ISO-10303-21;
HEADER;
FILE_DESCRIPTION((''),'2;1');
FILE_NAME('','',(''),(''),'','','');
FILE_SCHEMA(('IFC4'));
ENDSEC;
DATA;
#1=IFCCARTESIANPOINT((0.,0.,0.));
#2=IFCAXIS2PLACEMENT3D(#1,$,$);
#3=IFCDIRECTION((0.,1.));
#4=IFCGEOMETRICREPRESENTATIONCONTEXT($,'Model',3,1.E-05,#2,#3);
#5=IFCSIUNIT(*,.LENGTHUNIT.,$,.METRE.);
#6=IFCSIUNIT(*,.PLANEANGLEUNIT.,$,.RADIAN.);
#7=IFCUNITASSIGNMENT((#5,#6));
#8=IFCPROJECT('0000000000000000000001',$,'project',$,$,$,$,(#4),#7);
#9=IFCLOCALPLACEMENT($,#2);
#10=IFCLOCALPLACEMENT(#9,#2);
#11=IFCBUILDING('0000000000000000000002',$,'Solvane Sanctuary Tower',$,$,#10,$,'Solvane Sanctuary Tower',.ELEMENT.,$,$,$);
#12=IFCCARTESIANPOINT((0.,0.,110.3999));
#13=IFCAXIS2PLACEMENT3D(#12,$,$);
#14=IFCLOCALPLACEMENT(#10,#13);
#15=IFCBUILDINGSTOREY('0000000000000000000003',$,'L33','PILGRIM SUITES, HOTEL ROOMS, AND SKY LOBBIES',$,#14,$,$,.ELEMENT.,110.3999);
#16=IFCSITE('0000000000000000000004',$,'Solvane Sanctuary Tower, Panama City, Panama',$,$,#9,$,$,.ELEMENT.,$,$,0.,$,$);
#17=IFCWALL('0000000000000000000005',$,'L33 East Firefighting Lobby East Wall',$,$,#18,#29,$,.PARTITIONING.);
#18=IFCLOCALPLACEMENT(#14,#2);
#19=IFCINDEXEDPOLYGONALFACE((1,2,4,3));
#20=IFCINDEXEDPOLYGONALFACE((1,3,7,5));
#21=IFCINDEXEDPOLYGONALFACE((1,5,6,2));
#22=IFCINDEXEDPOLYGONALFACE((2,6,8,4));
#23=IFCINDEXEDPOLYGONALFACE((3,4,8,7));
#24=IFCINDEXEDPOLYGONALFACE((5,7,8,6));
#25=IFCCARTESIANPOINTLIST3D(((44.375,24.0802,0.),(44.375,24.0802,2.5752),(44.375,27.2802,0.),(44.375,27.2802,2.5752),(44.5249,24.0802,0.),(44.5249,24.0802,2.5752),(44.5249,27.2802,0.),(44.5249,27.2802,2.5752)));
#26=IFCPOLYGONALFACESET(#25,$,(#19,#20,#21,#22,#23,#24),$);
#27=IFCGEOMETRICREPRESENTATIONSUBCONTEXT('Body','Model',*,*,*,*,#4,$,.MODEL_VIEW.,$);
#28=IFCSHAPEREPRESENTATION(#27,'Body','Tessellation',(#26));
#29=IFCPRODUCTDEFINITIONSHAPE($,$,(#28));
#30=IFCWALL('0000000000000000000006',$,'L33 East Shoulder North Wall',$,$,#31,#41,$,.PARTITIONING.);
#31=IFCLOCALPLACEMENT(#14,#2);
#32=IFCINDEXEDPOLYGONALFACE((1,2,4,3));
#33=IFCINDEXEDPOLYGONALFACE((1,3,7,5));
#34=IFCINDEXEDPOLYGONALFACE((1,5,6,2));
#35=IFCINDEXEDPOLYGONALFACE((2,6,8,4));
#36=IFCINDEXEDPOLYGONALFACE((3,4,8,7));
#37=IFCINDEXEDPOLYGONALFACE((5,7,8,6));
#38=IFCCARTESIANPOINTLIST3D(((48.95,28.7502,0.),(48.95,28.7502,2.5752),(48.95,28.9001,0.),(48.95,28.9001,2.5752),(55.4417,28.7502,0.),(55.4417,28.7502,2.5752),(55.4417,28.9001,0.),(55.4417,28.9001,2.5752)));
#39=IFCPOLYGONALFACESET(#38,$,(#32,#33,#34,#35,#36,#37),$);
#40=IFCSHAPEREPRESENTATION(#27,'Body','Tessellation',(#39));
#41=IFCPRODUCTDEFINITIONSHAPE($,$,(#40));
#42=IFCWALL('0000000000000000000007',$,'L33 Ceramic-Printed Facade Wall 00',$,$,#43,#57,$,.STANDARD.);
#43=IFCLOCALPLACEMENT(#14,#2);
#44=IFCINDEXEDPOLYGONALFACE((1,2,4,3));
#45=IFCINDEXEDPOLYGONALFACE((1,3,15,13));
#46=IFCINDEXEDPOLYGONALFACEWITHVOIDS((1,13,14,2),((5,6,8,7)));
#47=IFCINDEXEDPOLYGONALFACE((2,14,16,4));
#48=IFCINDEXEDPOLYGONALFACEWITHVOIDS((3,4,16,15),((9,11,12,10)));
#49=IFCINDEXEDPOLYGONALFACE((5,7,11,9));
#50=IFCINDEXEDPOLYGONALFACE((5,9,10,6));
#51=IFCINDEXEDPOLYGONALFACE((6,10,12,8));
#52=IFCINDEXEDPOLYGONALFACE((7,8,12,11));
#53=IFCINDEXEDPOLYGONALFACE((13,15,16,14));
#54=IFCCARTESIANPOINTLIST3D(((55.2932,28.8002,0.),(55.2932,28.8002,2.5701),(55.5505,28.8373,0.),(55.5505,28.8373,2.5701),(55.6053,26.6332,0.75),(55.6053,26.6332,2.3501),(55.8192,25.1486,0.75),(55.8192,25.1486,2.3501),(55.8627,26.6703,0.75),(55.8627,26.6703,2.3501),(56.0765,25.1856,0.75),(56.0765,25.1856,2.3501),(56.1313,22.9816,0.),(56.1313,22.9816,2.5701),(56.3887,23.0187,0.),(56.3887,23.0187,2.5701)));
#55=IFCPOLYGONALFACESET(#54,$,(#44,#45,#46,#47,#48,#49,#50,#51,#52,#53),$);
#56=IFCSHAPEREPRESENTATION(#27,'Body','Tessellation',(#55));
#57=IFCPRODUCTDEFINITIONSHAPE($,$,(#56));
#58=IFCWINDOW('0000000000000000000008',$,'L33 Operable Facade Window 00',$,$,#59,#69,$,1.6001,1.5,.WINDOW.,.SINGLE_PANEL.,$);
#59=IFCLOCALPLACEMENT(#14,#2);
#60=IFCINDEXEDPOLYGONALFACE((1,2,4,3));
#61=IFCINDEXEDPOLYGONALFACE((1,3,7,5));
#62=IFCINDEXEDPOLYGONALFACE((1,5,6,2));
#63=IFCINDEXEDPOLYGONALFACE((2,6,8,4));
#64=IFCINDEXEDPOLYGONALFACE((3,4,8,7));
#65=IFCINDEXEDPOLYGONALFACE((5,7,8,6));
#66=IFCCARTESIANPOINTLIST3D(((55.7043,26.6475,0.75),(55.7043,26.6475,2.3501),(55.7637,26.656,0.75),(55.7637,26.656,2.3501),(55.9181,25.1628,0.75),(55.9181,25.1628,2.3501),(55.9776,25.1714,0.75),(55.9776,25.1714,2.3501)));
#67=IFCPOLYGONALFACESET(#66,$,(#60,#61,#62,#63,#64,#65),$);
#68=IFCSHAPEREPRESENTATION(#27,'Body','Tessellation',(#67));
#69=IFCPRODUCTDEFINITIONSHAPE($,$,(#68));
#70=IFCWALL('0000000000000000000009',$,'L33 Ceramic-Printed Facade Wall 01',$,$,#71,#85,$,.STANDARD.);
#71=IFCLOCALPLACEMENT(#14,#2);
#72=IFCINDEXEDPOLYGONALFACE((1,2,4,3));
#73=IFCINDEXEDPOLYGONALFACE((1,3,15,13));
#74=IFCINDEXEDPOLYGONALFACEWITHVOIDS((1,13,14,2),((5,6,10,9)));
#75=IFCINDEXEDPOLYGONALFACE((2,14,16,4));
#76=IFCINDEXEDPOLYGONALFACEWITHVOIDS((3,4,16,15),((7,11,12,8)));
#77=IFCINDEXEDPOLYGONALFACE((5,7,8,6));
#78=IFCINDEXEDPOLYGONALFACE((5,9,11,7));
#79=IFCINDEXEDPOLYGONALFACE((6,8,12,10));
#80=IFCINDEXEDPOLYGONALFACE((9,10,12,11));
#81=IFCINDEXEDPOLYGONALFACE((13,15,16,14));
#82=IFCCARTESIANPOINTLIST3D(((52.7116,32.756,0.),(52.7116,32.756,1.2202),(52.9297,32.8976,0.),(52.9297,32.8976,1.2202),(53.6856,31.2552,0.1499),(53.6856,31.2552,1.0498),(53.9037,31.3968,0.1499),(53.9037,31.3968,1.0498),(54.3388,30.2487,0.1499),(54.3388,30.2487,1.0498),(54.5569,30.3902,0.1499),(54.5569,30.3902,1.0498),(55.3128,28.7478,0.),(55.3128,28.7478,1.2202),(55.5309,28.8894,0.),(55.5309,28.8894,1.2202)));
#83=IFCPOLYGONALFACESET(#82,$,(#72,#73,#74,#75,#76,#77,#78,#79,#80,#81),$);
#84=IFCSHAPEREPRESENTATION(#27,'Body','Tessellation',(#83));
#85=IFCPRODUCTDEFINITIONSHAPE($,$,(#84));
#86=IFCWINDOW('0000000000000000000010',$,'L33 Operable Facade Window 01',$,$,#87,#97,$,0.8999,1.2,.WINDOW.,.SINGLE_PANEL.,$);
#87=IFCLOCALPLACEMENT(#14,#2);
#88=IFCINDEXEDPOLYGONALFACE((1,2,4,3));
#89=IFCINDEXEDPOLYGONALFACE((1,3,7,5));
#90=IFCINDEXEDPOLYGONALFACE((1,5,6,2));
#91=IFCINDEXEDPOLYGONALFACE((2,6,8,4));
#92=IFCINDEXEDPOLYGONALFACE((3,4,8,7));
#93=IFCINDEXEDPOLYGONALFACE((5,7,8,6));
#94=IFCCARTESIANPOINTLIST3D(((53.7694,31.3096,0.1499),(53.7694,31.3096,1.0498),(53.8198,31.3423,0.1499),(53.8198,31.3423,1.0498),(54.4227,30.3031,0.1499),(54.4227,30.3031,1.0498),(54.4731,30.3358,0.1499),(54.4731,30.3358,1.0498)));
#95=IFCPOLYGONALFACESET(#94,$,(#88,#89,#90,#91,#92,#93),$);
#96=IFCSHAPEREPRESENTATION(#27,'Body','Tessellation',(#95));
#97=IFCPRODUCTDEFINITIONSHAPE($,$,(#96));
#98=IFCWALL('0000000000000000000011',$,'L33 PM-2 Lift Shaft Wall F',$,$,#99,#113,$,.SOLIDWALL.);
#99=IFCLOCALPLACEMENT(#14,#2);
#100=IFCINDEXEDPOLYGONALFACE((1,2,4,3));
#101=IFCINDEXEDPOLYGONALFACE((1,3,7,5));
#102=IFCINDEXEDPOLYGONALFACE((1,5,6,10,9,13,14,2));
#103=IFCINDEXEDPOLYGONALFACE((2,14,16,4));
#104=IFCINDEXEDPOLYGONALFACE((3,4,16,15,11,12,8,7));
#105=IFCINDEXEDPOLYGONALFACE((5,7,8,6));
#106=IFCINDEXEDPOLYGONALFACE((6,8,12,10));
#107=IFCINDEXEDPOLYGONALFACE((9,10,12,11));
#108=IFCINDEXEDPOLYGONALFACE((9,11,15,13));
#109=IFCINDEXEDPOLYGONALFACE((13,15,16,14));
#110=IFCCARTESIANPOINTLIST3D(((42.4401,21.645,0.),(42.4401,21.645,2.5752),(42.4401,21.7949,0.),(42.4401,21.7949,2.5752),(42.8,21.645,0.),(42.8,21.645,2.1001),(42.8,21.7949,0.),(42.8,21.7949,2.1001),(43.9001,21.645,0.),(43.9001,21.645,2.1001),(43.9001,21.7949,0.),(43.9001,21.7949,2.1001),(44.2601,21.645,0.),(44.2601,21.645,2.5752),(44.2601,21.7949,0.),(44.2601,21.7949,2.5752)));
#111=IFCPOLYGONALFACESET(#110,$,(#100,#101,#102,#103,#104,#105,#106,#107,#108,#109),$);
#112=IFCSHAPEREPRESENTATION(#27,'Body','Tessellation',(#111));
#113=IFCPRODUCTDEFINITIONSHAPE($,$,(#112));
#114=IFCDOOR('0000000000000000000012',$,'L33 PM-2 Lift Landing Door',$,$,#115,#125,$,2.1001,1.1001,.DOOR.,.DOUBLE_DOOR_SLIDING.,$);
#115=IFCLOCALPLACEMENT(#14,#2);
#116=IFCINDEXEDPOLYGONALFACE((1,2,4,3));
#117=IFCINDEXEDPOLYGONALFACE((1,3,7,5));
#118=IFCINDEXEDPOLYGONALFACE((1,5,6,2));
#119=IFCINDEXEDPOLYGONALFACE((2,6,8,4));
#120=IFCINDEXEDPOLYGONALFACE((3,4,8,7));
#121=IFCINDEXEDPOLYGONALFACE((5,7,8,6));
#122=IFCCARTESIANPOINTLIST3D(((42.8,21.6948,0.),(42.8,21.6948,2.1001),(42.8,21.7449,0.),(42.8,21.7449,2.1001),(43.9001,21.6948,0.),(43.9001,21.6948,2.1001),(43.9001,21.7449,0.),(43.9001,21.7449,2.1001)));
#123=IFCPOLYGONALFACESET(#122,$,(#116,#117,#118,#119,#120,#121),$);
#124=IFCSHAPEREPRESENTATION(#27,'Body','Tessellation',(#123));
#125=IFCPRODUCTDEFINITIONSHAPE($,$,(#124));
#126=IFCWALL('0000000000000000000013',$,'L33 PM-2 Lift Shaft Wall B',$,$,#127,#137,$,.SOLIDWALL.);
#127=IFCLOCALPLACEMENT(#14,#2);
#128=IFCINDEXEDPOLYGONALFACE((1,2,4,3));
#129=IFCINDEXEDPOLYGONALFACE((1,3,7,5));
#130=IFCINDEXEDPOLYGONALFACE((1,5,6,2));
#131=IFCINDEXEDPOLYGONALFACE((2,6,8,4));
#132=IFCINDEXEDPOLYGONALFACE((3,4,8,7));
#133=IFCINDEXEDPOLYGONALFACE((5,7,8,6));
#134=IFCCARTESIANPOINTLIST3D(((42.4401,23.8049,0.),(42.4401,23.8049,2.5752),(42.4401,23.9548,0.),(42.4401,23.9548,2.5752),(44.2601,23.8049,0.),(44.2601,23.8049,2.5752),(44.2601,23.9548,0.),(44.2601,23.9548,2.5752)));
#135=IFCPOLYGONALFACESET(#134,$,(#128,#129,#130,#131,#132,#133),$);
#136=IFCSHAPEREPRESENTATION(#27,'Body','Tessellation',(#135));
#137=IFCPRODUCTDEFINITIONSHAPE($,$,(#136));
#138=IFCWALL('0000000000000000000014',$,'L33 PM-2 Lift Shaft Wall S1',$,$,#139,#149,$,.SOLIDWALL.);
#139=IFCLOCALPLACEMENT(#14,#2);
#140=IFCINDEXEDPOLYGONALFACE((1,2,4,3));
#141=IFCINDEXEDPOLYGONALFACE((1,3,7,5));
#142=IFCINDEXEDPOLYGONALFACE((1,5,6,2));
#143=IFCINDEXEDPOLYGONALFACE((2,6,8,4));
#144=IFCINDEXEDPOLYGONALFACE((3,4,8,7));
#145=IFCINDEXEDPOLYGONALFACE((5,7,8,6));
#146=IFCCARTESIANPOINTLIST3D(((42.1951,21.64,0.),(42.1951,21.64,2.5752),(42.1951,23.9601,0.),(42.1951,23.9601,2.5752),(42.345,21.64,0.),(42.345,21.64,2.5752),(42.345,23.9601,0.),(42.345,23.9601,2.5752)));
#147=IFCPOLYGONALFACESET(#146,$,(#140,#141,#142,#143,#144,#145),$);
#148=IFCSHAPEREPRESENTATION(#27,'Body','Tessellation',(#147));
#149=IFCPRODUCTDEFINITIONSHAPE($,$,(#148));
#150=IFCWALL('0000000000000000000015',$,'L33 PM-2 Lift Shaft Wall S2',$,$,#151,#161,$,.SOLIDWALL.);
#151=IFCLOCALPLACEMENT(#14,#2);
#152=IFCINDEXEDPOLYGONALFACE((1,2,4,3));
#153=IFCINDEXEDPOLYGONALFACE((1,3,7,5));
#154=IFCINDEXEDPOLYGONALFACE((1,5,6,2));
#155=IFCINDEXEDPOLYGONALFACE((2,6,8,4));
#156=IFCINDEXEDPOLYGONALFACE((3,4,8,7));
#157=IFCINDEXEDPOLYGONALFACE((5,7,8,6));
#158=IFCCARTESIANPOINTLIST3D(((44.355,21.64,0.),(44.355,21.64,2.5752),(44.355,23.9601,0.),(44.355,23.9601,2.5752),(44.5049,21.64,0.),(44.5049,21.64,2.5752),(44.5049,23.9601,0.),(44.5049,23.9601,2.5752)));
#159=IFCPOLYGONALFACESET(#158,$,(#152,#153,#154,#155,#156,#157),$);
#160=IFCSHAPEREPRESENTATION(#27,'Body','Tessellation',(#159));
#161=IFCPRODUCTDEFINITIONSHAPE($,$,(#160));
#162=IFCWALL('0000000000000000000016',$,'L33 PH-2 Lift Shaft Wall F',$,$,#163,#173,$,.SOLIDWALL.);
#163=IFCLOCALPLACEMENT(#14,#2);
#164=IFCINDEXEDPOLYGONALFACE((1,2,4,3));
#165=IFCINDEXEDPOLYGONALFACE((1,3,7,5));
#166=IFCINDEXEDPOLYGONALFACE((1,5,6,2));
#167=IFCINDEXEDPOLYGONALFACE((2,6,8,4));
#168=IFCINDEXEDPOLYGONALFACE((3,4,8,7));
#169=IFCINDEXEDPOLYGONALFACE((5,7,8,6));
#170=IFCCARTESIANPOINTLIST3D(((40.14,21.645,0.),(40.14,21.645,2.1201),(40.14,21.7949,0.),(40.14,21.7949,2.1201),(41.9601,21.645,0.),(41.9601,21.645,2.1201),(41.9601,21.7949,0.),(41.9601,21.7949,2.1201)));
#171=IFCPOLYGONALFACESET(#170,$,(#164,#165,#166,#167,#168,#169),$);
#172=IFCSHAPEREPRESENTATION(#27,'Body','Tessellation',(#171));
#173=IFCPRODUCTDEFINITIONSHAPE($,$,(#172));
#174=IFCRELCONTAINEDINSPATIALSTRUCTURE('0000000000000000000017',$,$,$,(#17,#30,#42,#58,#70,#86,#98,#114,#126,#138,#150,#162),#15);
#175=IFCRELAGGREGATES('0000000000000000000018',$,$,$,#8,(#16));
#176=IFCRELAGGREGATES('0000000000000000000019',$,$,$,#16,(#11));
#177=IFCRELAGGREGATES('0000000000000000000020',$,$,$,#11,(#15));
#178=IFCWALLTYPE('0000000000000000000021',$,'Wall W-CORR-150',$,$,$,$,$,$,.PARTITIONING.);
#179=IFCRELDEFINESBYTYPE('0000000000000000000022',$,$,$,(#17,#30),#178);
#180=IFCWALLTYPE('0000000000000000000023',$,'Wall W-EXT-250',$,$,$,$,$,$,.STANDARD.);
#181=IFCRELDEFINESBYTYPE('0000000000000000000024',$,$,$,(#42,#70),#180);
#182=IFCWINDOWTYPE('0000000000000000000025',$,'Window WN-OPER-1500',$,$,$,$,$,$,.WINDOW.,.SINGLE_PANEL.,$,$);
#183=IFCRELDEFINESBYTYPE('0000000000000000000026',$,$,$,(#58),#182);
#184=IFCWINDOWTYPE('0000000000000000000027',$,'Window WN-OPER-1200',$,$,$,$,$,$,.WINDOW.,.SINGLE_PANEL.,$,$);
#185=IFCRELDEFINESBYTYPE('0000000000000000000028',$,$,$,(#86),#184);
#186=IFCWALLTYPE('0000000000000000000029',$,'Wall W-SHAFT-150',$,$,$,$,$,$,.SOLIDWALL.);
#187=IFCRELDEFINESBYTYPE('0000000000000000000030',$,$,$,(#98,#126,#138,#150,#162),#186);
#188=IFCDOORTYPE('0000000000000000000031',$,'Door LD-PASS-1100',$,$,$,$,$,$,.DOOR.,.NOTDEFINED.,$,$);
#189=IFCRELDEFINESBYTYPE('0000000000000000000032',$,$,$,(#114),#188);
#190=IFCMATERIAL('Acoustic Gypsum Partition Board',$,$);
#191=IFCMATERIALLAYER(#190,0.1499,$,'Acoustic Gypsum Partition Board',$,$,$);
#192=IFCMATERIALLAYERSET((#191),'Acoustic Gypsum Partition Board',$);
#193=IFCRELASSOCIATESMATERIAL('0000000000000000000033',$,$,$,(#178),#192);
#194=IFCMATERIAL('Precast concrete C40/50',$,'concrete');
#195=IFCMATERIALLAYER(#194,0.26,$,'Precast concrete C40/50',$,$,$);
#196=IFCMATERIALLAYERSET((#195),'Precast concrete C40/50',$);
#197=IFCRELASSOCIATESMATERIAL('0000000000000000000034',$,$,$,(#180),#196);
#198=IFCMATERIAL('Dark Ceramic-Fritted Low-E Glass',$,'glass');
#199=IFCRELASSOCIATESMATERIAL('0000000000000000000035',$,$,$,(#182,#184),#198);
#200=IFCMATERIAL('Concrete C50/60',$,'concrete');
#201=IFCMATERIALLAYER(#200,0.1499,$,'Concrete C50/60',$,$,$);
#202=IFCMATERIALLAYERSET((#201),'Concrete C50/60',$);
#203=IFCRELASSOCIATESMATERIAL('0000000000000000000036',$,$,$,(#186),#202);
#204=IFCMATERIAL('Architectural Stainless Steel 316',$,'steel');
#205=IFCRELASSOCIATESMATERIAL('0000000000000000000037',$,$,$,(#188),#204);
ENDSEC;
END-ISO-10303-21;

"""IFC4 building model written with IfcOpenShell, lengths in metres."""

from ifc_helpers import new_model, si_unit, direction, frame, frame_2d, origin, place, context, subcontext, project, spatial, rectangle, extrude, material, layer, layer_set, type_object, element, fill, save


model = new_model("IFC4")

# Units and contexts
model_context = context("Model", 3, precision=1e-05, world=origin(), true_north=direction((0.0, 1.0)))
body_context = subcontext(model_context, "Body", "Model", "MODEL_VIEW")
ifc_project = project(units=[si_unit("LENGTHUNIT", "METRE"), si_unit("PLANEANGLEUNIT", "RADIAN")], contexts=[model_context])

# Site, building, storey
site_placement = place(None, origin())
site = spatial("IfcSite", under=ifc_project, at=site_placement, Name="Solvane Sanctuary Tower, Panama City, Panama", CompositionType="ELEMENT", RefElevation=0.0)
building_placement = place(site_placement, origin())
building = spatial("IfcBuilding", under=site, at=building_placement, Name="Solvane Sanctuary Tower", LongName="Solvane Sanctuary Tower", CompositionType="ELEMENT")
storey_placement = place(building_placement, frame((0.0, 0.0, 110.3999)))
storey = spatial("IfcBuildingStorey", under=building, at=storey_placement, Name="L33", Description="PILGRIM SUITES, HOTEL ROOMS, AND SKY LOBBIES", CompositionType="ELEMENT", Elevation=110.3999)

# Walls
ifc_material_1 = material(Name="Acoustic Gypsum Partition Board")
ifc_layer_1 = layer(ifc_material_1, 0.1499, Name="Acoustic Gypsum Partition Board")
ifc_layer_set_1 = layer_set([ifc_layer_1], Name="Acoustic Gypsum Partition Board")
wall_type_1 = type_object("IfcWallType", Name="Wall W-CORR-150", PredefinedType="PARTITIONING", material=ifc_layer_set_1)
wall_1_placement = place(storey_placement, frame((44.45, 24.0801, 0.0), z_axis=(0.0, 0.0, 1.0), x_axis=(0.0, 1.0, 0.0)))
element("IfcWall", 1, at=wall_1_placement, inside=storey, type_object=wall_type_1, Name="L33 East Firefighting Lobby East Wall", PredefinedType="PARTITIONING", context=body_context, shape_type="SweptSolid", body=[
    extrude(rectangle(XDim=3.2, YDim=0.1499, at=frame_2d((1.6001, 0.0))), origin(), (0.0, 0.0, 1.0), 2.5752),
])
wall_2_placement = place(storey_placement, frame((48.95, 28.8252, 0.0), z_axis=(0.0, 0.0, 1.0), x_axis=(1.0, 0.0, 0.0)))
element("IfcWall", 2, at=wall_2_placement, inside=storey, type_object=wall_type_1, Name="L33 East Shoulder North Wall", PredefinedType="PARTITIONING", context=body_context, shape_type="SweptSolid", body=[
    extrude(rectangle(XDim=6.4917, YDim=0.1499, at=frame_2d((3.2458, 0.0))), origin(), (0.0, 0.0, 1.0), 2.5752),
])

# Walls, openings, windows
ifc_material_2 = material(Name="Precast concrete C40/50", Category="concrete")
ifc_layer_2 = layer(ifc_material_2, 0.26, Name="Precast concrete C40/50")
ifc_layer_set_2 = layer_set([ifc_layer_2], Name="Precast concrete C40/50")
wall_type_2 = type_object("IfcWallType", Name="Wall W-EXT-250", PredefinedType="STANDARD", material=ifc_layer_set_2)
wall_3_placement = place(storey_placement, frame((56.26, 23.0, 0.0), z_axis=(0.0, 0.0, 1.0), x_axis=(-0.142572, 0.989784, 0.0)))
wall_3 = element("IfcWall", 3, at=wall_3_placement, inside=storey, type_object=wall_type_2, Name="L33 Ceramic-Printed Facade Wall 00", PredefinedType="STANDARD", context=body_context, shape_type="SweptSolid", body=[
    extrude(rectangle(XDim=5.8787, YDim=0.26, at=frame_2d((2.9395, 0.0))), origin(), (0.0, 0.0, 1.0), 2.5701),
])
opening_1_placement = place(wall_3_placement, frame((2.1895, 0.0, 0.75)))
opening_1 = element("IfcOpeningElement", 4, at=opening_1_placement, cuts=wall_3, PredefinedType="OPENING", context=body_context, shape_type="SweptSolid", body=[
    extrude(rectangle(XDim=1.5, YDim=1.6001, at=frame_2d((0.75, 0.8))), frame((0.0, 0.1399, 0.0), z_axis=(0.0, -1.0, 0.0), x_axis=(1.0, 0.0, 0.0)), (0.0, 0.0, 1.0), 0.28),
])
ifc_material_3 = material(Name="Dark Ceramic-Fritted Low-E Glass", Category="glass")
window_type_1 = type_object("IfcWindowType", Name="Window WN-OPER-1500", PartitioningType="SINGLE_PANEL", PredefinedType="WINDOW", material=ifc_material_3)
window_1_placement = place(opening_1_placement, origin())
window_1 = element("IfcWindow", 5, at=window_1_placement, inside=storey, type_object=window_type_1, Name="L33 Operable Facade Window 00", OverallHeight=1.6001, OverallWidth=1.5, PartitioningType="SINGLE_PANEL", PredefinedType="WINDOW", context=body_context, shape_type="SweptSolid", body=[
    extrude(rectangle(XDim=1.5, YDim=1.6001, at=frame_2d((0.75, 0.8))), frame((0.0, 0.03, 0.0), z_axis=(0.0, -1.0, 0.0), x_axis=(1.0, 0.0, 0.0)), (0.0, 0.0, 1.0), 0.0601),
])
fill(opening_1, window_1)
wall_4_placement = place(storey_placement, frame((55.4219, 28.8186, 0.0), z_axis=(0.0, 0.0, 1.0), x_axis=(-0.544388, 0.838833, 0.0)))
wall_4 = element("IfcWall", 6, at=wall_4_placement, inside=storey, type_object=wall_type_2, Name="L33 Ceramic-Printed Facade Wall 01", PredefinedType="STANDARD", context=body_context, shape_type="SweptSolid", body=[
    extrude(rectangle(XDim=4.7783, YDim=0.26, at=frame_2d((2.3892, 0.0))), origin(), (0.0, 0.0, 1.0), 1.2202),
])
opening_2_placement = place(wall_4_placement, frame((1.7891, 0.0, 0.1499)))
opening_2 = element("IfcOpeningElement", 7, at=opening_2_placement, cuts=wall_4, PredefinedType="OPENING", context=body_context, shape_type="SweptSolid", body=[
    extrude(rectangle(XDim=1.2, YDim=0.8999, at=frame_2d((0.6001, 0.45))), frame((0.0, 0.1399, 0.0), z_axis=(0.0, -1.0, 0.0), x_axis=(1.0, 0.0, 0.0)), (0.0, 0.0, 1.0), 0.28),
])
window_type_2 = type_object("IfcWindowType", Name="Window WN-OPER-1200", PartitioningType="SINGLE_PANEL", PredefinedType="WINDOW", material=ifc_material_3)
window_2_placement = place(opening_2_placement, origin())
window_2 = element("IfcWindow", 8, at=window_2_placement, inside=storey, type_object=window_type_2, Name="L33 Operable Facade Window 01", OverallHeight=0.8999, OverallWidth=1.2, PartitioningType="SINGLE_PANEL", PredefinedType="WINDOW", context=body_context, shape_type="SweptSolid", body=[
    extrude(rectangle(XDim=1.2, YDim=0.8999, at=frame_2d((0.6001, 0.45))), frame((0.0, 0.03, 0.0), z_axis=(0.0, -1.0, 0.0), x_axis=(1.0, 0.0, 0.0)), (0.0, 0.0, 1.0), 0.0601),
])
fill(opening_2, window_2)

# Wall, opening, door
ifc_material_4 = material(Name="Concrete C50/60", Category="concrete")
ifc_layer_3 = layer(ifc_material_4, 0.1499, Name="Concrete C50/60")
ifc_layer_set_3 = layer_set([ifc_layer_3], Name="Concrete C50/60")
wall_type_3 = type_object("IfcWallType", Name="Wall W-SHAFT-150", PredefinedType="SOLIDWALL", material=ifc_layer_set_3)
wall_5_placement = place(storey_placement, frame((42.4399, 21.72, 0.0), z_axis=(0.0, 0.0, 1.0), x_axis=(1.0, 0.0, 0.0)))
wall_5 = element("IfcWall", 9, at=wall_5_placement, inside=storey, type_object=wall_type_3, Name="L33 PM-2 Lift Shaft Wall F", PredefinedType="SOLIDWALL", context=body_context, shape_type="SweptSolid", body=[
    extrude(rectangle(XDim=1.8201, YDim=0.1499, at=frame_2d((0.9102, 0.0))), origin(), (0.0, 0.0, 1.0), 2.5752),
])
opening_3_placement = place(wall_5_placement, frame((0.3601, 0.0, 0.0)))
opening_3 = element("IfcOpeningElement", 10, at=opening_3_placement, cuts=wall_5, PredefinedType="OPENING", context=body_context, shape_type="SweptSolid", body=[
    extrude(rectangle(XDim=1.1001, YDim=2.1001, at=frame_2d((0.55, 1.05))), frame((0.0, 0.085, 0.0), z_axis=(0.0, -1.0, 0.0), x_axis=(1.0, 0.0, 0.0)), (0.0, 0.0, 1.0), 0.1699),
])
ifc_material_5 = material(Name="Architectural Stainless Steel 316", Category="steel")
door_type_1 = type_object("IfcDoorType", Name="Door LD-PASS-1100", OperationType="NOTDEFINED", PredefinedType="DOOR", material=ifc_material_5)
door_1_placement = place(opening_3_placement, origin())
door_1 = element("IfcDoor", 11, at=door_1_placement, inside=storey, type_object=door_type_1, Name="L33 PM-2 Lift Landing Door", OperationType="DOUBLE_DOOR_SLIDING", OverallHeight=2.1001, OverallWidth=1.1001, PredefinedType="DOOR", context=body_context, shape_type="SweptSolid", body=[
    extrude(rectangle(XDim=1.1001, YDim=2.1001, at=frame_2d((0.55, 1.05))), frame((0.0, 0.0249, 0.0), z_axis=(0.0, -1.0, 0.0), x_axis=(1.0, 0.0, 0.0)), (0.0, 0.0, 1.0), 0.05),
])
fill(opening_3, door_1)

# Walls
wall_6_placement = place(storey_placement, frame((42.4399, 23.8799, 0.0), z_axis=(0.0, 0.0, 1.0), x_axis=(1.0, 0.0, 0.0)))
element("IfcWall", 12, at=wall_6_placement, inside=storey, type_object=wall_type_3, Name="L33 PM-2 Lift Shaft Wall B", PredefinedType="SOLIDWALL", context=body_context, shape_type="SweptSolid", body=[
    extrude(rectangle(XDim=1.8201, YDim=0.1499, at=frame_2d((0.9102, 0.0))), origin(), (0.0, 0.0, 1.0), 2.5752),
])
for number, where, z_axis, x_axis, name in (
    (13, (42.27, 21.6399, 0.0), (0.0, 0.0, 1.0), (0.0, 1.0, 0.0), "L33 PM-2 Lift Shaft Wall S1"),
    (14, (44.4299, 21.6399, 0.0), (0.0, 0.0, 1.0), (0.0, 1.0, 0.0), "L33 PM-2 Lift Shaft Wall S2"),
):
    element("IfcWall", number, at=place(storey_placement, frame(where, z_axis=z_axis, x_axis=x_axis)), inside=storey, type_object=wall_type_3, Name=name, PredefinedType="SOLIDWALL", context=body_context, shape_type="SweptSolid", body=[
        extrude(rectangle(XDim=2.3201, YDim=0.1499, at=frame_2d((1.1602, 0.0))), origin(), (0.0, 0.0, 1.0), 2.5752),
    ])
for number, where, z_axis, x_axis, name in (
    (15, (40.1399, 21.72, 0.0), (0.0, 0.0, 1.0), (1.0, 0.0, 0.0), "L33 PH-2 Lift Shaft Wall F"),
):
    element("IfcWall", number, at=place(storey_placement, frame(where, z_axis=z_axis, x_axis=x_axis)), inside=storey, type_object=wall_type_3, Name=name, PredefinedType="SOLIDWALL", context=body_context, shape_type="SweptSolid", body=[
        extrude(rectangle(XDim=1.8201, YDim=0.1499, at=frame_2d((0.9102, 0.0))), origin(), (0.0, 0.0, 1.0), 2.1201),
    ])

save(model, "model.ifc")
